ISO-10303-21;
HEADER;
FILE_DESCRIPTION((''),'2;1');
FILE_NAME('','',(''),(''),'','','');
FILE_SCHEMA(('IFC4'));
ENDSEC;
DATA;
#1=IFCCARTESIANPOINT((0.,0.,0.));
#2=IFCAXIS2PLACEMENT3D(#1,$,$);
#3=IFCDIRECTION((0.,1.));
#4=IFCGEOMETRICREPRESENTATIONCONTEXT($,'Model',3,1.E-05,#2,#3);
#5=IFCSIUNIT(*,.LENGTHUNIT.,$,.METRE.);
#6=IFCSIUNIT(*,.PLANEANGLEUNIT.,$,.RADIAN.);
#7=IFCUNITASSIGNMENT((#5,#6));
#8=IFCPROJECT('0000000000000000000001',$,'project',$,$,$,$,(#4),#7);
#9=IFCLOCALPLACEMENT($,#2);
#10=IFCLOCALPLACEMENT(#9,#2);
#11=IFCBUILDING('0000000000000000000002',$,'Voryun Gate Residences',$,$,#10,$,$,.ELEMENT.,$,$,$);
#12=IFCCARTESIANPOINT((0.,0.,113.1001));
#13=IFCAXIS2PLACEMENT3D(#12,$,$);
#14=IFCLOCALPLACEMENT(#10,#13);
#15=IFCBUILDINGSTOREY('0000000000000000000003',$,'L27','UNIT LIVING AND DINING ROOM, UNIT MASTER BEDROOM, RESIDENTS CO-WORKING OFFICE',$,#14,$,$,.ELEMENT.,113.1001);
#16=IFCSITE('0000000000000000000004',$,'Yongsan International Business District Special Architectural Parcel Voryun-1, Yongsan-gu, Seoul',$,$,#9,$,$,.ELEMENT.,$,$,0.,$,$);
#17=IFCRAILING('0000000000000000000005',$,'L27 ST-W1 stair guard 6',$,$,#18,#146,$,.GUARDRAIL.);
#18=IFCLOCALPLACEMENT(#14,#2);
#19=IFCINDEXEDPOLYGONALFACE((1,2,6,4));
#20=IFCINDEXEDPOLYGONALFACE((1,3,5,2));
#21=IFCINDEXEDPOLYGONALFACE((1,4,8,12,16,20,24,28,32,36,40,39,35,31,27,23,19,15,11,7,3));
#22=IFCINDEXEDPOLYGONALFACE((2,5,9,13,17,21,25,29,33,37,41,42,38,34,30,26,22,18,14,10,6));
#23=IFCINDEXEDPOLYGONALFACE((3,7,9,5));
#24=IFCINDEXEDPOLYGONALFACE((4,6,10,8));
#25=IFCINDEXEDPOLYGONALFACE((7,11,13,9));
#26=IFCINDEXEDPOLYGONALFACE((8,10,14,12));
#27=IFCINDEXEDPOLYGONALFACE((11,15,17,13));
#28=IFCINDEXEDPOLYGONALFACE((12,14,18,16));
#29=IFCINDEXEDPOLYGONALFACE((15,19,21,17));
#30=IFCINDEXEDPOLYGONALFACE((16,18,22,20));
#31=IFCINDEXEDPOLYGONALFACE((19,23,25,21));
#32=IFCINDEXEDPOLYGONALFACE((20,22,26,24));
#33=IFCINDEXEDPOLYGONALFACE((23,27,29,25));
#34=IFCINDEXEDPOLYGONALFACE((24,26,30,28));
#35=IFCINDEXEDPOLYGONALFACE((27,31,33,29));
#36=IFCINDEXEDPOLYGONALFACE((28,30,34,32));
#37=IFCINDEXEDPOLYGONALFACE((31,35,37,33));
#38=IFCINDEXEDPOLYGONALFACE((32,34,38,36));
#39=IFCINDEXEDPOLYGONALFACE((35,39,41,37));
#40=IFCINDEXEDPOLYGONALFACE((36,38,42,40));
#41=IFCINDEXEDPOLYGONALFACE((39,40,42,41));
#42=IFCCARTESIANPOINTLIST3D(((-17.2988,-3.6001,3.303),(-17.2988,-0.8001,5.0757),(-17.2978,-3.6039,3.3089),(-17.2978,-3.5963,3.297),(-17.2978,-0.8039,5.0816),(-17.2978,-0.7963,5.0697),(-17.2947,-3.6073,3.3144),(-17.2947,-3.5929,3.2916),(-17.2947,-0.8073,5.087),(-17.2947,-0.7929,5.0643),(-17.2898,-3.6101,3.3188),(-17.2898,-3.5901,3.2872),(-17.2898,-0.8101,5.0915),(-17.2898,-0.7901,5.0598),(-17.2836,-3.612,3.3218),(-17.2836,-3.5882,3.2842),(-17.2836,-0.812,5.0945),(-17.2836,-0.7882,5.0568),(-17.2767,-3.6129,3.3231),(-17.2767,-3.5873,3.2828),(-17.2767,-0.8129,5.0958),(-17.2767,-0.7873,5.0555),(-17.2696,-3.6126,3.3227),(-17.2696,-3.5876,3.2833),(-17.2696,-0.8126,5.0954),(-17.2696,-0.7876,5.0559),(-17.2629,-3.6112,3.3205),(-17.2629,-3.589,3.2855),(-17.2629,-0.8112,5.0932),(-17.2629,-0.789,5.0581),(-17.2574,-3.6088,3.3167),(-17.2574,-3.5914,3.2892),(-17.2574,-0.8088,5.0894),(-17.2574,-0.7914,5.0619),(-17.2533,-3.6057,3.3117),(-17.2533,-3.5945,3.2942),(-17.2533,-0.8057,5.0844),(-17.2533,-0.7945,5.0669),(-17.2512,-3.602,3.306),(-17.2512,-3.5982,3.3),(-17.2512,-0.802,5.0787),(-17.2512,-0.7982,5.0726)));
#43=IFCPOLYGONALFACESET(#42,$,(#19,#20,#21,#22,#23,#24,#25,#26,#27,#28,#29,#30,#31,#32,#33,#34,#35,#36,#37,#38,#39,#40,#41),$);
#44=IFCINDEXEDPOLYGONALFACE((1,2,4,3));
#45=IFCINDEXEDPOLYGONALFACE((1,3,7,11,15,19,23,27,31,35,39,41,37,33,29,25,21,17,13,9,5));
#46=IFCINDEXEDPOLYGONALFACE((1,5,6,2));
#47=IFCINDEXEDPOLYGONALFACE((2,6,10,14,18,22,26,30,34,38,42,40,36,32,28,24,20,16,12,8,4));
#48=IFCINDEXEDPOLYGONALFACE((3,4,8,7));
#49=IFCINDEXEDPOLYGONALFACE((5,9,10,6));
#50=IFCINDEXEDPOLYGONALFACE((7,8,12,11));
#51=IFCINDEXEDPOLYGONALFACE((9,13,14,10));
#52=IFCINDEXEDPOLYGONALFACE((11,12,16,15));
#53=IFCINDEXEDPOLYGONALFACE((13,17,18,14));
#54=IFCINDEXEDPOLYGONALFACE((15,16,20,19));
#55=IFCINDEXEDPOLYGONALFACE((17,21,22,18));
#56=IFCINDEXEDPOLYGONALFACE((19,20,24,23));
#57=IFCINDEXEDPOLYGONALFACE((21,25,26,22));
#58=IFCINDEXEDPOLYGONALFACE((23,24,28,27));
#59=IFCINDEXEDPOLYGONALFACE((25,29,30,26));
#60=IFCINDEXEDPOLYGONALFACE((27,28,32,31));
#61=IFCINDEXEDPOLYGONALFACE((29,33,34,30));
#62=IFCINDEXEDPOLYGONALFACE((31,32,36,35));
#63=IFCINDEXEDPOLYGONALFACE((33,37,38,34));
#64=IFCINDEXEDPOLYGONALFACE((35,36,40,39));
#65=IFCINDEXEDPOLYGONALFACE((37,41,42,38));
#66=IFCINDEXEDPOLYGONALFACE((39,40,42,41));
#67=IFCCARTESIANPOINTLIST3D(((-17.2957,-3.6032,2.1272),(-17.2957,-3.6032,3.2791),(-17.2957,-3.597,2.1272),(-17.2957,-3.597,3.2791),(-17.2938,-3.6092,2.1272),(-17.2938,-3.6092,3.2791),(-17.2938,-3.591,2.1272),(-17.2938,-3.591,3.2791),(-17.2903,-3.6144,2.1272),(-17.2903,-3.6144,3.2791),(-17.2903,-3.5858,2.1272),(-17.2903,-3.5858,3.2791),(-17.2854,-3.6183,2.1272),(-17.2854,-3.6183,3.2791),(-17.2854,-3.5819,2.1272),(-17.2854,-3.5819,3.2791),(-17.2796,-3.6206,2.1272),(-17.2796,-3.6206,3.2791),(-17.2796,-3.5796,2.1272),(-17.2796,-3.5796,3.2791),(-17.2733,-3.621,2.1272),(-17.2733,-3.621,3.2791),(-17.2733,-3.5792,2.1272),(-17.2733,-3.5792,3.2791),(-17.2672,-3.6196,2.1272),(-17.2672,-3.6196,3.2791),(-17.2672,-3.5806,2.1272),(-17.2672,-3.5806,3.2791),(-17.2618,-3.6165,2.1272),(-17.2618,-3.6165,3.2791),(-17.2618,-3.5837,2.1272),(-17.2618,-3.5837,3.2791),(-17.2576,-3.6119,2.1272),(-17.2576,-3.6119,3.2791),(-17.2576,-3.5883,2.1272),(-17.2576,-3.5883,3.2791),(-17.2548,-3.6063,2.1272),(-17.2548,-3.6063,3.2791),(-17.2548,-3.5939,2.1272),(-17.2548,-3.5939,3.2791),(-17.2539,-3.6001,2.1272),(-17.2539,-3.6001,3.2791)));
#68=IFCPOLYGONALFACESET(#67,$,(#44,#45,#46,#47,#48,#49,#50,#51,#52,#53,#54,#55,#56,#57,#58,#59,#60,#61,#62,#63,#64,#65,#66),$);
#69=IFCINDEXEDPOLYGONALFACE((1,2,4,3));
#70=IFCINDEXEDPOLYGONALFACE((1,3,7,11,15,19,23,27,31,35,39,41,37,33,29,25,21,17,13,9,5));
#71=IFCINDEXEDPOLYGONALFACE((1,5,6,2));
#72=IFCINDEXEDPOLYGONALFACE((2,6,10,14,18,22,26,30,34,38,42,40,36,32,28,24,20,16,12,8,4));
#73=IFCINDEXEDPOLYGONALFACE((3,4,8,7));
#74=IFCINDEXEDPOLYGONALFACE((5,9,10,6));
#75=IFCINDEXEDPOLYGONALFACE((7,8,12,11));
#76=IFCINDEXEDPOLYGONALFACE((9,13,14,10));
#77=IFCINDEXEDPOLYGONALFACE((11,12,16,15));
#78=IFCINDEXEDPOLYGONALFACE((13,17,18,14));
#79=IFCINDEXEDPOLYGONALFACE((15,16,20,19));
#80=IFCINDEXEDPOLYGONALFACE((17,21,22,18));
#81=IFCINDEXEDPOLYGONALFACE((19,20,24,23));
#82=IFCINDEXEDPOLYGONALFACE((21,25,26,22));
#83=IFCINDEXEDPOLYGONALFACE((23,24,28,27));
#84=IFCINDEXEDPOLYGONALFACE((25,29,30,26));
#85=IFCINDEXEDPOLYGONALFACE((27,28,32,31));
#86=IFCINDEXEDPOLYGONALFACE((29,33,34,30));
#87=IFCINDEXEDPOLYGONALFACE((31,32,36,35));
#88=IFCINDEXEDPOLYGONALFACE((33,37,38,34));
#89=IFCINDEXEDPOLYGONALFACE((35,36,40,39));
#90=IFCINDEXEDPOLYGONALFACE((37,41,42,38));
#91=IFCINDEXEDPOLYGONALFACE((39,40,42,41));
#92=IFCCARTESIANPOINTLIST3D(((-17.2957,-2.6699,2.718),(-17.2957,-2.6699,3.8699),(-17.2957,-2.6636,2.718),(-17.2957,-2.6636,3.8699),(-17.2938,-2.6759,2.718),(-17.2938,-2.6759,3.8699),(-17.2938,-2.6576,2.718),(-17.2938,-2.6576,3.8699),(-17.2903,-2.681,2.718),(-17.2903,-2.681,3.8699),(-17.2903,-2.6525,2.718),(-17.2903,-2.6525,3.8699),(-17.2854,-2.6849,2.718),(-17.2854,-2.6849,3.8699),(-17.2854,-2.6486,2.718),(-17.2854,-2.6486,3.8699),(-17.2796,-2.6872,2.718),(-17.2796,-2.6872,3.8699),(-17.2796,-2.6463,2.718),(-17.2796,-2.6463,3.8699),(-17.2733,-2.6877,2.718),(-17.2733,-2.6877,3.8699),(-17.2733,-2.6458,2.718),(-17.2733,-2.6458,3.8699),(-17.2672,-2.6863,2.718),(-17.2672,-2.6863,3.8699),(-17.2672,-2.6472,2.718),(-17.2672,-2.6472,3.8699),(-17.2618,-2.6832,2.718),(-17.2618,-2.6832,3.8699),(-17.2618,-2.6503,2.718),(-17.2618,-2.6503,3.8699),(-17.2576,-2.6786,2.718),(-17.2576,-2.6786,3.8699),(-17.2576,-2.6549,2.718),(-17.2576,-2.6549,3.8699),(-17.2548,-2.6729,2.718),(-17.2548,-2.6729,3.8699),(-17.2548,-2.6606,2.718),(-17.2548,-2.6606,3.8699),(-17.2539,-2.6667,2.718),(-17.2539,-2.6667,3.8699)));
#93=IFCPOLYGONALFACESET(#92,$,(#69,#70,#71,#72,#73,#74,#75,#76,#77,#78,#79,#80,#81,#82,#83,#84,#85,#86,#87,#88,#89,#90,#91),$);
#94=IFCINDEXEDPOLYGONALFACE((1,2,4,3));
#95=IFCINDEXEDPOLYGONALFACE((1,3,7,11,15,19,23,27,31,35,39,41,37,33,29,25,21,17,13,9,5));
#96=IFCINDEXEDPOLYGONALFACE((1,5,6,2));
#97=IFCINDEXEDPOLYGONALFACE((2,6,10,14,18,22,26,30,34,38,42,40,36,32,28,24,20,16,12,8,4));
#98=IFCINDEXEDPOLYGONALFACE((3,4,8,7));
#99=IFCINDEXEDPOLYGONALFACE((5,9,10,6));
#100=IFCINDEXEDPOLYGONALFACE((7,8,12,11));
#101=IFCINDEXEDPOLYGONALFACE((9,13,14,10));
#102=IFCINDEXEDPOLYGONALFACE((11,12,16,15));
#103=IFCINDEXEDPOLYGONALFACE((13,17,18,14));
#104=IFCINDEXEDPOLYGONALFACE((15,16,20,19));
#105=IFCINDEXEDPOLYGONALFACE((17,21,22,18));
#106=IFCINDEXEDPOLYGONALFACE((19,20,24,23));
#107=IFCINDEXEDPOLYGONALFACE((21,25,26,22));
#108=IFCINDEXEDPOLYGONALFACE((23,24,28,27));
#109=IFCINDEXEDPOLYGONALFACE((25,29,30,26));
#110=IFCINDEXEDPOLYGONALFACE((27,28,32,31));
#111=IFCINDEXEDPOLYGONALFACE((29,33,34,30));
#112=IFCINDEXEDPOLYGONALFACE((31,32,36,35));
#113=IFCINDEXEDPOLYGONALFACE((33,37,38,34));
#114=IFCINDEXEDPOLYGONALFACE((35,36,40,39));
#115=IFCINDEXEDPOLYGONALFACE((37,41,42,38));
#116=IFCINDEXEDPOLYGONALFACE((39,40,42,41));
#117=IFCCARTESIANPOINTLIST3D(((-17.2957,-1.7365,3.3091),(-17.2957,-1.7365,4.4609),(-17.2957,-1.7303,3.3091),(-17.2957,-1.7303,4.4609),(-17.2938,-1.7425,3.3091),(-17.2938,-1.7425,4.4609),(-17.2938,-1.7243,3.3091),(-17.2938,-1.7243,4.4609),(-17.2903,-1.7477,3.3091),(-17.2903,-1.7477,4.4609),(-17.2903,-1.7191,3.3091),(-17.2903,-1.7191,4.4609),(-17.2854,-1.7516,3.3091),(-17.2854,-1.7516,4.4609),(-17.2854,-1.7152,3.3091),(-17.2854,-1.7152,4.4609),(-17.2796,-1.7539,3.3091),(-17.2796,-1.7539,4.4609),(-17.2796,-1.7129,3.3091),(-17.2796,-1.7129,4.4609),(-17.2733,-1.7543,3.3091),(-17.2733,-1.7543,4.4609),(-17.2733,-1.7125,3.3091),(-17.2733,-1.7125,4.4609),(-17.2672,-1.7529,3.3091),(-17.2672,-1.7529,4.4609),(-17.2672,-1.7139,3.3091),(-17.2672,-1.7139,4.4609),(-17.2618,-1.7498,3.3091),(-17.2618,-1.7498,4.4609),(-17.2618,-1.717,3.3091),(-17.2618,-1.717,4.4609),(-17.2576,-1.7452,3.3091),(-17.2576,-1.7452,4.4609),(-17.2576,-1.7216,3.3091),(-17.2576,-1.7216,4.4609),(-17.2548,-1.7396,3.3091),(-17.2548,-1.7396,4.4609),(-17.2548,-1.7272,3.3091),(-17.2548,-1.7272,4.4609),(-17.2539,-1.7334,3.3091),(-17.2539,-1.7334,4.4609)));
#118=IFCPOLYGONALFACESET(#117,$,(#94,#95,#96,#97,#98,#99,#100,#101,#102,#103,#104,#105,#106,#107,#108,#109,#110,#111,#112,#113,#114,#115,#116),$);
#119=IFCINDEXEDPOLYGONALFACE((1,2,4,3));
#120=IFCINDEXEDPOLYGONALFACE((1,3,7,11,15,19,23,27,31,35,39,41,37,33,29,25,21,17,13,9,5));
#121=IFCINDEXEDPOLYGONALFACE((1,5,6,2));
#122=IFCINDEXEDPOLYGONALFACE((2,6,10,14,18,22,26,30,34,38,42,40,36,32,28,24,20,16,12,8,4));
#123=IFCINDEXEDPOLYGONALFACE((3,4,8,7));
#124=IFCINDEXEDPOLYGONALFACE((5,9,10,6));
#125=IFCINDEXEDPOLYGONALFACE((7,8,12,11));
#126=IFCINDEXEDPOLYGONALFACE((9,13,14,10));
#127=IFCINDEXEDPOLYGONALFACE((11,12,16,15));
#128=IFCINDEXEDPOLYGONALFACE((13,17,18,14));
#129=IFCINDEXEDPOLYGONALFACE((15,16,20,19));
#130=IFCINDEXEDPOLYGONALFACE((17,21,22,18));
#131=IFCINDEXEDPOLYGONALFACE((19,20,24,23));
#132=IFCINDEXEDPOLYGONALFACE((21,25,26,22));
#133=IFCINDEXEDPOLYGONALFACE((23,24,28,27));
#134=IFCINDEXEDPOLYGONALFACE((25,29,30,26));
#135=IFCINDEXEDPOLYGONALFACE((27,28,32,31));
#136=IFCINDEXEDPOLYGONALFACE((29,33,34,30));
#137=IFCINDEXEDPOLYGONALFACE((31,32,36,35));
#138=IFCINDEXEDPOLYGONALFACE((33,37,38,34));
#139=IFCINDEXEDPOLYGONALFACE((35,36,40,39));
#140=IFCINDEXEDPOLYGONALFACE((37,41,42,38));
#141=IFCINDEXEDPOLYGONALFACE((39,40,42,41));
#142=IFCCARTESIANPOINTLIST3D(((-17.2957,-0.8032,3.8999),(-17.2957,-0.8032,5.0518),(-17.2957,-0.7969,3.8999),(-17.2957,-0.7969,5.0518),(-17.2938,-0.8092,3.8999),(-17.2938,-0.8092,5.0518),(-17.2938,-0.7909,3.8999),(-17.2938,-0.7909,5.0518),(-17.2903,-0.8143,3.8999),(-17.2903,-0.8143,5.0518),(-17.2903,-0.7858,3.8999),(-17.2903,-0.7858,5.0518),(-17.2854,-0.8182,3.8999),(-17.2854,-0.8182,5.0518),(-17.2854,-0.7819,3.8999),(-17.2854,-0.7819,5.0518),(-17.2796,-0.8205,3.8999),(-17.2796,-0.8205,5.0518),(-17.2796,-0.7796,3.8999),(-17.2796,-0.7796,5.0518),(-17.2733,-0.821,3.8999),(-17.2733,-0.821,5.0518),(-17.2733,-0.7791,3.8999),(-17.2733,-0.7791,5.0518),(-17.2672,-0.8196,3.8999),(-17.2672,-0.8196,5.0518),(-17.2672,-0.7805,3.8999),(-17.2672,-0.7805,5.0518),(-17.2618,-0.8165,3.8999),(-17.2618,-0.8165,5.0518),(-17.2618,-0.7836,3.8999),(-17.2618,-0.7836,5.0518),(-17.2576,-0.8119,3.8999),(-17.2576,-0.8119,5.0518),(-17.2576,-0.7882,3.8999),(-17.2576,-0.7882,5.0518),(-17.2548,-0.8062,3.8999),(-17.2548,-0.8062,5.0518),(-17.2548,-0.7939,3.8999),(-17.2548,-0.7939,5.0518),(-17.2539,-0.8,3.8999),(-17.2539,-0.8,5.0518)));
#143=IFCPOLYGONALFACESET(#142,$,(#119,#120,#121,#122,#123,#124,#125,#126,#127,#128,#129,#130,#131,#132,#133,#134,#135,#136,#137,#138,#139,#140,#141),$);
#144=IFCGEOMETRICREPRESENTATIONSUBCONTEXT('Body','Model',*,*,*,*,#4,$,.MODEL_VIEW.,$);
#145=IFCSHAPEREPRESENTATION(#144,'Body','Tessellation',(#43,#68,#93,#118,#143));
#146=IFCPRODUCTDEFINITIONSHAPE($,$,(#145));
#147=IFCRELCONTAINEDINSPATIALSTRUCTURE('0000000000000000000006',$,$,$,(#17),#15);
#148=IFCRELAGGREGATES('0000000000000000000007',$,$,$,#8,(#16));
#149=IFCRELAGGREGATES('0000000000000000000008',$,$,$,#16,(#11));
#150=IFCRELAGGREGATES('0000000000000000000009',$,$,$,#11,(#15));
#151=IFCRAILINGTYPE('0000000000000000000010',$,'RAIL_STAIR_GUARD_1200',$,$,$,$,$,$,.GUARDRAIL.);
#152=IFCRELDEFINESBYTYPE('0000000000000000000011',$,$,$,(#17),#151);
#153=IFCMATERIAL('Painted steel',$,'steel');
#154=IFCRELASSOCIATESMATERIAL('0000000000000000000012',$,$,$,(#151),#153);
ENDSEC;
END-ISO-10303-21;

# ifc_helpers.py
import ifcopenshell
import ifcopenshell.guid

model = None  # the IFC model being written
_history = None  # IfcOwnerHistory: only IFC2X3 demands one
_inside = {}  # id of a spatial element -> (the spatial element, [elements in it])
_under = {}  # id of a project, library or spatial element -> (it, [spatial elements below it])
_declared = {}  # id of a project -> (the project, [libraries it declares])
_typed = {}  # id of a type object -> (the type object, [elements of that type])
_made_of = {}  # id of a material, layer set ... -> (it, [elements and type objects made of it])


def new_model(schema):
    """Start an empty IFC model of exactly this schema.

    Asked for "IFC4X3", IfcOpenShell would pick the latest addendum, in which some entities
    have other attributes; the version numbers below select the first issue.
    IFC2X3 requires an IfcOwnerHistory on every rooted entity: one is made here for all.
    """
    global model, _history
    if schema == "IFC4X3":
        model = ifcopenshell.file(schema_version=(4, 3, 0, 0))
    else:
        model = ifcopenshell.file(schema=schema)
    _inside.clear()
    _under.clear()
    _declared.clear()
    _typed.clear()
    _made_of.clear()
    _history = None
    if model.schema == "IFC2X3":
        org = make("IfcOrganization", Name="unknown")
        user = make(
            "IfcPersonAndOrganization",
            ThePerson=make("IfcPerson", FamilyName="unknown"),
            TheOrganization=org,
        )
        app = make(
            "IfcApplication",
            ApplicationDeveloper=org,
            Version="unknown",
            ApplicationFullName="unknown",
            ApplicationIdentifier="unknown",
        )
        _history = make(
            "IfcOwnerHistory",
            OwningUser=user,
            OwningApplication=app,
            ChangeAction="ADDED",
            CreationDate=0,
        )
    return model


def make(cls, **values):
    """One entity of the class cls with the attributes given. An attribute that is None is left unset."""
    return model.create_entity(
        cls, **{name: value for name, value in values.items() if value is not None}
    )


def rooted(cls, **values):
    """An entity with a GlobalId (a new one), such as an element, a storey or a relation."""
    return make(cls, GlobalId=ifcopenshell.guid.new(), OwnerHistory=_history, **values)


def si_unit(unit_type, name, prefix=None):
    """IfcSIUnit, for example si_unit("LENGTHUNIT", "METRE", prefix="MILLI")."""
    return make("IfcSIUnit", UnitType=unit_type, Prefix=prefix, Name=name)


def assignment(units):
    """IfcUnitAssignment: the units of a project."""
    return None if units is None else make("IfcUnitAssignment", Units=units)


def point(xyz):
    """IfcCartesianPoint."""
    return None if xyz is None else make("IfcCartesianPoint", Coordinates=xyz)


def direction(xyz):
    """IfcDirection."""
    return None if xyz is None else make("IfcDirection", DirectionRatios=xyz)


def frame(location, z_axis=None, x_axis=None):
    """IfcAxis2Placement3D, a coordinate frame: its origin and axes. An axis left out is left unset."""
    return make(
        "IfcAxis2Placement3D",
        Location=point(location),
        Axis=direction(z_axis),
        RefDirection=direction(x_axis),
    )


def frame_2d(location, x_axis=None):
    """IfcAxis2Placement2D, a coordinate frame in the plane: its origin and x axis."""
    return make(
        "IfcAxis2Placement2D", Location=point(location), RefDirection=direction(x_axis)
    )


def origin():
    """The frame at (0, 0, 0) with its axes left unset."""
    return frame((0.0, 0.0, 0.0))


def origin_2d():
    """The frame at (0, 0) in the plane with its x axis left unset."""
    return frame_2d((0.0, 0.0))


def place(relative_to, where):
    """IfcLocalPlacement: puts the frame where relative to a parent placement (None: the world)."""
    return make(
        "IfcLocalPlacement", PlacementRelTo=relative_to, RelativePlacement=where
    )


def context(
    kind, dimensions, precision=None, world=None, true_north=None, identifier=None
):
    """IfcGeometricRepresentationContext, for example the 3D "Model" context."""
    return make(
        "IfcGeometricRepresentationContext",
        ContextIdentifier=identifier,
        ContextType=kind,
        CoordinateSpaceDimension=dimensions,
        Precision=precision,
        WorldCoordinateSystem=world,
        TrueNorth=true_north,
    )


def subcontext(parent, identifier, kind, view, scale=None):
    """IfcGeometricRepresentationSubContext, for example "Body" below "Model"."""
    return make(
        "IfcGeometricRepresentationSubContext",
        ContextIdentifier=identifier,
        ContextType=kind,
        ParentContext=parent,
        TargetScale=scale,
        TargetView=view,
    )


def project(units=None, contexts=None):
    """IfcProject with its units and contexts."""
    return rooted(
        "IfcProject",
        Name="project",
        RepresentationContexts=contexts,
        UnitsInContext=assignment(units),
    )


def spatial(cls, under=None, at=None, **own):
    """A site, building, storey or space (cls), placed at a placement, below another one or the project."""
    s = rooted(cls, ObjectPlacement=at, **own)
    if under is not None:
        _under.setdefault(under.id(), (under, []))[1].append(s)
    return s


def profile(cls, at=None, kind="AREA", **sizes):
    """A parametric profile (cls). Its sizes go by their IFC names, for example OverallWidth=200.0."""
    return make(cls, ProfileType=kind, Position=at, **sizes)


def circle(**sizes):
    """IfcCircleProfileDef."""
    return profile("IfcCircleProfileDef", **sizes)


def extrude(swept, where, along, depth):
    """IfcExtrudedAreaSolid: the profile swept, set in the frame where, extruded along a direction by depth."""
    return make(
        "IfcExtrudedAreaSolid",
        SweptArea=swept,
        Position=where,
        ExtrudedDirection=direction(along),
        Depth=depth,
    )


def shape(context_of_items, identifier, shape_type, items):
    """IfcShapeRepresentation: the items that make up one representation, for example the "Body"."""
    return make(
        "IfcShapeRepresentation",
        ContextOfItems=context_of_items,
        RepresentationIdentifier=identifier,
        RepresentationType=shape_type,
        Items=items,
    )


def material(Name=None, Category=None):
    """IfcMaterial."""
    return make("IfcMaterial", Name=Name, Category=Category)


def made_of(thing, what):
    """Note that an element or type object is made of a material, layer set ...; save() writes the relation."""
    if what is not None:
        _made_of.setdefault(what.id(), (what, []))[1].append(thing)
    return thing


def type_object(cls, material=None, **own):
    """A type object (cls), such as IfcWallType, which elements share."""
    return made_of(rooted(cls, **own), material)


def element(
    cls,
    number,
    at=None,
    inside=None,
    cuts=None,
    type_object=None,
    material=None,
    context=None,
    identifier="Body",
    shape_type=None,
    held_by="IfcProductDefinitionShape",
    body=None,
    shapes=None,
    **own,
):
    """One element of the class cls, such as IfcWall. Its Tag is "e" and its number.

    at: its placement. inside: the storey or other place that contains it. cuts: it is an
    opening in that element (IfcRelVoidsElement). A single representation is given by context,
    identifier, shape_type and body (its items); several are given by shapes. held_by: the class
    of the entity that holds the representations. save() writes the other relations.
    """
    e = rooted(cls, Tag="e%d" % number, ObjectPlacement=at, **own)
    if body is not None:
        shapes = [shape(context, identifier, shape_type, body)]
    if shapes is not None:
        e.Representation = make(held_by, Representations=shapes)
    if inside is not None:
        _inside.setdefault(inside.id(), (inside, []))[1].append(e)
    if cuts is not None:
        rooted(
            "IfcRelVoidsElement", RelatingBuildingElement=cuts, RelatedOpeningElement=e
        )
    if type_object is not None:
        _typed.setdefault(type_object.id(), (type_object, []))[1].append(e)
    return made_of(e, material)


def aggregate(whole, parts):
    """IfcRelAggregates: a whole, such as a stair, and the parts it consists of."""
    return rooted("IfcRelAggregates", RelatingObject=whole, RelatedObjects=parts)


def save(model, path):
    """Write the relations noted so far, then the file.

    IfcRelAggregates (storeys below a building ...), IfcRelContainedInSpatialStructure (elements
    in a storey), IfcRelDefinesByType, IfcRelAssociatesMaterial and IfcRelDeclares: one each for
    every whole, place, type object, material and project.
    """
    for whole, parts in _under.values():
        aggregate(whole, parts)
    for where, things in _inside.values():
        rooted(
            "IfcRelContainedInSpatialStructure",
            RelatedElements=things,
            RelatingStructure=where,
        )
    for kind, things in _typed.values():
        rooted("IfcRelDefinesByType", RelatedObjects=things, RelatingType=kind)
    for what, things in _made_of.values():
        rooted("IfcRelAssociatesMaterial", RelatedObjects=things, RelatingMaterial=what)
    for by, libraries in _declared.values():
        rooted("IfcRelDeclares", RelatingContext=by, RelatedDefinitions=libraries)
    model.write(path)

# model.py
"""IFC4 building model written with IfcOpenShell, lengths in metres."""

from ifc_helpers import new_model, si_unit, direction, frame, origin, origin_2d, place, context, subcontext, project, spatial, circle, extrude, material, type_object, element, save


model = new_model("IFC4")

# Units and contexts
model_context = context("Model", 3, precision=1e-05, world=origin(), true_north=direction((0.0, 1.0)))
body_context = subcontext(model_context, "Body", "Model", "MODEL_VIEW")
ifc_project = project(units=[si_unit("LENGTHUNIT", "METRE"), si_unit("PLANEANGLEUNIT", "RADIAN")], contexts=[model_context])

# Site, building, storey
site_placement = place(None, origin())
site = spatial("IfcSite", under=ifc_project, at=site_placement, Name="Yongsan International Business District Special Architectural Parcel Voryun-1, Yongsan-gu, Seoul", CompositionType="ELEMENT", RefElevation=0.0)
building_placement = place(site_placement, origin())
building = spatial("IfcBuilding", under=site, at=building_placement, Name="Voryun Gate Residences", CompositionType="ELEMENT")
storey_placement = place(building_placement, frame((0.0, 0.0, 113.1001)))
storey = spatial("IfcBuildingStorey", under=building, at=storey_placement, Name="L27", Description="UNIT LIVING AND DINING ROOM, UNIT MASTER BEDROOM, RESIDENTS CO-WORKING OFFICE", CompositionType="ELEMENT", Elevation=113.1001)

# Railing
ifc_material_1 = material(Name="Painted steel", Category="steel")
railing_type_1 = type_object("IfcRailingType", Name="RAIL_STAIR_GUARD_1200", PredefinedType="GUARDRAIL", material=ifc_material_1)
railing_1_placement = place(storey_placement, frame((-17.2749, -3.6001, 2.1272)))
element("IfcRailing", 1, at=railing_1_placement, inside=storey, type_object=railing_type_1, Name="L27 ST-W1 stair guard 6", PredefinedType="GUARDRAIL", context=body_context, shape_type="SweptSolid", body=[
    extrude(circle(Radius=0.0239, at=origin_2d()), frame((0.0, 0.0, 1.1758), z_axis=(0.0, 0.844909, 0.53491), x_axis=(-1.0, 0.0, 0.0)), (0.0, 0.0, 1.0), 3.314),
    extrude(circle(Radius=0.021, at=origin_2d()), origin(), (0.0, 0.0, 1.0), 1.1519),
    extrude(circle(Radius=0.021, at=origin_2d()), frame((0.0, 0.9333, 0.5908)), (0.0, 0.0, 1.0), 1.1519),
    extrude(circle(Radius=0.021, at=origin_2d()), frame((0.0, 1.8667, 1.1819)), (0.0, 0.0, 1.0), 1.1519),
    extrude(circle(Radius=0.021, at=origin_2d()), frame((0.0, 2.8, 1.7727)), (0.0, 0.0, 1.0), 1.1519),
])

save(model, "model.ifc")
